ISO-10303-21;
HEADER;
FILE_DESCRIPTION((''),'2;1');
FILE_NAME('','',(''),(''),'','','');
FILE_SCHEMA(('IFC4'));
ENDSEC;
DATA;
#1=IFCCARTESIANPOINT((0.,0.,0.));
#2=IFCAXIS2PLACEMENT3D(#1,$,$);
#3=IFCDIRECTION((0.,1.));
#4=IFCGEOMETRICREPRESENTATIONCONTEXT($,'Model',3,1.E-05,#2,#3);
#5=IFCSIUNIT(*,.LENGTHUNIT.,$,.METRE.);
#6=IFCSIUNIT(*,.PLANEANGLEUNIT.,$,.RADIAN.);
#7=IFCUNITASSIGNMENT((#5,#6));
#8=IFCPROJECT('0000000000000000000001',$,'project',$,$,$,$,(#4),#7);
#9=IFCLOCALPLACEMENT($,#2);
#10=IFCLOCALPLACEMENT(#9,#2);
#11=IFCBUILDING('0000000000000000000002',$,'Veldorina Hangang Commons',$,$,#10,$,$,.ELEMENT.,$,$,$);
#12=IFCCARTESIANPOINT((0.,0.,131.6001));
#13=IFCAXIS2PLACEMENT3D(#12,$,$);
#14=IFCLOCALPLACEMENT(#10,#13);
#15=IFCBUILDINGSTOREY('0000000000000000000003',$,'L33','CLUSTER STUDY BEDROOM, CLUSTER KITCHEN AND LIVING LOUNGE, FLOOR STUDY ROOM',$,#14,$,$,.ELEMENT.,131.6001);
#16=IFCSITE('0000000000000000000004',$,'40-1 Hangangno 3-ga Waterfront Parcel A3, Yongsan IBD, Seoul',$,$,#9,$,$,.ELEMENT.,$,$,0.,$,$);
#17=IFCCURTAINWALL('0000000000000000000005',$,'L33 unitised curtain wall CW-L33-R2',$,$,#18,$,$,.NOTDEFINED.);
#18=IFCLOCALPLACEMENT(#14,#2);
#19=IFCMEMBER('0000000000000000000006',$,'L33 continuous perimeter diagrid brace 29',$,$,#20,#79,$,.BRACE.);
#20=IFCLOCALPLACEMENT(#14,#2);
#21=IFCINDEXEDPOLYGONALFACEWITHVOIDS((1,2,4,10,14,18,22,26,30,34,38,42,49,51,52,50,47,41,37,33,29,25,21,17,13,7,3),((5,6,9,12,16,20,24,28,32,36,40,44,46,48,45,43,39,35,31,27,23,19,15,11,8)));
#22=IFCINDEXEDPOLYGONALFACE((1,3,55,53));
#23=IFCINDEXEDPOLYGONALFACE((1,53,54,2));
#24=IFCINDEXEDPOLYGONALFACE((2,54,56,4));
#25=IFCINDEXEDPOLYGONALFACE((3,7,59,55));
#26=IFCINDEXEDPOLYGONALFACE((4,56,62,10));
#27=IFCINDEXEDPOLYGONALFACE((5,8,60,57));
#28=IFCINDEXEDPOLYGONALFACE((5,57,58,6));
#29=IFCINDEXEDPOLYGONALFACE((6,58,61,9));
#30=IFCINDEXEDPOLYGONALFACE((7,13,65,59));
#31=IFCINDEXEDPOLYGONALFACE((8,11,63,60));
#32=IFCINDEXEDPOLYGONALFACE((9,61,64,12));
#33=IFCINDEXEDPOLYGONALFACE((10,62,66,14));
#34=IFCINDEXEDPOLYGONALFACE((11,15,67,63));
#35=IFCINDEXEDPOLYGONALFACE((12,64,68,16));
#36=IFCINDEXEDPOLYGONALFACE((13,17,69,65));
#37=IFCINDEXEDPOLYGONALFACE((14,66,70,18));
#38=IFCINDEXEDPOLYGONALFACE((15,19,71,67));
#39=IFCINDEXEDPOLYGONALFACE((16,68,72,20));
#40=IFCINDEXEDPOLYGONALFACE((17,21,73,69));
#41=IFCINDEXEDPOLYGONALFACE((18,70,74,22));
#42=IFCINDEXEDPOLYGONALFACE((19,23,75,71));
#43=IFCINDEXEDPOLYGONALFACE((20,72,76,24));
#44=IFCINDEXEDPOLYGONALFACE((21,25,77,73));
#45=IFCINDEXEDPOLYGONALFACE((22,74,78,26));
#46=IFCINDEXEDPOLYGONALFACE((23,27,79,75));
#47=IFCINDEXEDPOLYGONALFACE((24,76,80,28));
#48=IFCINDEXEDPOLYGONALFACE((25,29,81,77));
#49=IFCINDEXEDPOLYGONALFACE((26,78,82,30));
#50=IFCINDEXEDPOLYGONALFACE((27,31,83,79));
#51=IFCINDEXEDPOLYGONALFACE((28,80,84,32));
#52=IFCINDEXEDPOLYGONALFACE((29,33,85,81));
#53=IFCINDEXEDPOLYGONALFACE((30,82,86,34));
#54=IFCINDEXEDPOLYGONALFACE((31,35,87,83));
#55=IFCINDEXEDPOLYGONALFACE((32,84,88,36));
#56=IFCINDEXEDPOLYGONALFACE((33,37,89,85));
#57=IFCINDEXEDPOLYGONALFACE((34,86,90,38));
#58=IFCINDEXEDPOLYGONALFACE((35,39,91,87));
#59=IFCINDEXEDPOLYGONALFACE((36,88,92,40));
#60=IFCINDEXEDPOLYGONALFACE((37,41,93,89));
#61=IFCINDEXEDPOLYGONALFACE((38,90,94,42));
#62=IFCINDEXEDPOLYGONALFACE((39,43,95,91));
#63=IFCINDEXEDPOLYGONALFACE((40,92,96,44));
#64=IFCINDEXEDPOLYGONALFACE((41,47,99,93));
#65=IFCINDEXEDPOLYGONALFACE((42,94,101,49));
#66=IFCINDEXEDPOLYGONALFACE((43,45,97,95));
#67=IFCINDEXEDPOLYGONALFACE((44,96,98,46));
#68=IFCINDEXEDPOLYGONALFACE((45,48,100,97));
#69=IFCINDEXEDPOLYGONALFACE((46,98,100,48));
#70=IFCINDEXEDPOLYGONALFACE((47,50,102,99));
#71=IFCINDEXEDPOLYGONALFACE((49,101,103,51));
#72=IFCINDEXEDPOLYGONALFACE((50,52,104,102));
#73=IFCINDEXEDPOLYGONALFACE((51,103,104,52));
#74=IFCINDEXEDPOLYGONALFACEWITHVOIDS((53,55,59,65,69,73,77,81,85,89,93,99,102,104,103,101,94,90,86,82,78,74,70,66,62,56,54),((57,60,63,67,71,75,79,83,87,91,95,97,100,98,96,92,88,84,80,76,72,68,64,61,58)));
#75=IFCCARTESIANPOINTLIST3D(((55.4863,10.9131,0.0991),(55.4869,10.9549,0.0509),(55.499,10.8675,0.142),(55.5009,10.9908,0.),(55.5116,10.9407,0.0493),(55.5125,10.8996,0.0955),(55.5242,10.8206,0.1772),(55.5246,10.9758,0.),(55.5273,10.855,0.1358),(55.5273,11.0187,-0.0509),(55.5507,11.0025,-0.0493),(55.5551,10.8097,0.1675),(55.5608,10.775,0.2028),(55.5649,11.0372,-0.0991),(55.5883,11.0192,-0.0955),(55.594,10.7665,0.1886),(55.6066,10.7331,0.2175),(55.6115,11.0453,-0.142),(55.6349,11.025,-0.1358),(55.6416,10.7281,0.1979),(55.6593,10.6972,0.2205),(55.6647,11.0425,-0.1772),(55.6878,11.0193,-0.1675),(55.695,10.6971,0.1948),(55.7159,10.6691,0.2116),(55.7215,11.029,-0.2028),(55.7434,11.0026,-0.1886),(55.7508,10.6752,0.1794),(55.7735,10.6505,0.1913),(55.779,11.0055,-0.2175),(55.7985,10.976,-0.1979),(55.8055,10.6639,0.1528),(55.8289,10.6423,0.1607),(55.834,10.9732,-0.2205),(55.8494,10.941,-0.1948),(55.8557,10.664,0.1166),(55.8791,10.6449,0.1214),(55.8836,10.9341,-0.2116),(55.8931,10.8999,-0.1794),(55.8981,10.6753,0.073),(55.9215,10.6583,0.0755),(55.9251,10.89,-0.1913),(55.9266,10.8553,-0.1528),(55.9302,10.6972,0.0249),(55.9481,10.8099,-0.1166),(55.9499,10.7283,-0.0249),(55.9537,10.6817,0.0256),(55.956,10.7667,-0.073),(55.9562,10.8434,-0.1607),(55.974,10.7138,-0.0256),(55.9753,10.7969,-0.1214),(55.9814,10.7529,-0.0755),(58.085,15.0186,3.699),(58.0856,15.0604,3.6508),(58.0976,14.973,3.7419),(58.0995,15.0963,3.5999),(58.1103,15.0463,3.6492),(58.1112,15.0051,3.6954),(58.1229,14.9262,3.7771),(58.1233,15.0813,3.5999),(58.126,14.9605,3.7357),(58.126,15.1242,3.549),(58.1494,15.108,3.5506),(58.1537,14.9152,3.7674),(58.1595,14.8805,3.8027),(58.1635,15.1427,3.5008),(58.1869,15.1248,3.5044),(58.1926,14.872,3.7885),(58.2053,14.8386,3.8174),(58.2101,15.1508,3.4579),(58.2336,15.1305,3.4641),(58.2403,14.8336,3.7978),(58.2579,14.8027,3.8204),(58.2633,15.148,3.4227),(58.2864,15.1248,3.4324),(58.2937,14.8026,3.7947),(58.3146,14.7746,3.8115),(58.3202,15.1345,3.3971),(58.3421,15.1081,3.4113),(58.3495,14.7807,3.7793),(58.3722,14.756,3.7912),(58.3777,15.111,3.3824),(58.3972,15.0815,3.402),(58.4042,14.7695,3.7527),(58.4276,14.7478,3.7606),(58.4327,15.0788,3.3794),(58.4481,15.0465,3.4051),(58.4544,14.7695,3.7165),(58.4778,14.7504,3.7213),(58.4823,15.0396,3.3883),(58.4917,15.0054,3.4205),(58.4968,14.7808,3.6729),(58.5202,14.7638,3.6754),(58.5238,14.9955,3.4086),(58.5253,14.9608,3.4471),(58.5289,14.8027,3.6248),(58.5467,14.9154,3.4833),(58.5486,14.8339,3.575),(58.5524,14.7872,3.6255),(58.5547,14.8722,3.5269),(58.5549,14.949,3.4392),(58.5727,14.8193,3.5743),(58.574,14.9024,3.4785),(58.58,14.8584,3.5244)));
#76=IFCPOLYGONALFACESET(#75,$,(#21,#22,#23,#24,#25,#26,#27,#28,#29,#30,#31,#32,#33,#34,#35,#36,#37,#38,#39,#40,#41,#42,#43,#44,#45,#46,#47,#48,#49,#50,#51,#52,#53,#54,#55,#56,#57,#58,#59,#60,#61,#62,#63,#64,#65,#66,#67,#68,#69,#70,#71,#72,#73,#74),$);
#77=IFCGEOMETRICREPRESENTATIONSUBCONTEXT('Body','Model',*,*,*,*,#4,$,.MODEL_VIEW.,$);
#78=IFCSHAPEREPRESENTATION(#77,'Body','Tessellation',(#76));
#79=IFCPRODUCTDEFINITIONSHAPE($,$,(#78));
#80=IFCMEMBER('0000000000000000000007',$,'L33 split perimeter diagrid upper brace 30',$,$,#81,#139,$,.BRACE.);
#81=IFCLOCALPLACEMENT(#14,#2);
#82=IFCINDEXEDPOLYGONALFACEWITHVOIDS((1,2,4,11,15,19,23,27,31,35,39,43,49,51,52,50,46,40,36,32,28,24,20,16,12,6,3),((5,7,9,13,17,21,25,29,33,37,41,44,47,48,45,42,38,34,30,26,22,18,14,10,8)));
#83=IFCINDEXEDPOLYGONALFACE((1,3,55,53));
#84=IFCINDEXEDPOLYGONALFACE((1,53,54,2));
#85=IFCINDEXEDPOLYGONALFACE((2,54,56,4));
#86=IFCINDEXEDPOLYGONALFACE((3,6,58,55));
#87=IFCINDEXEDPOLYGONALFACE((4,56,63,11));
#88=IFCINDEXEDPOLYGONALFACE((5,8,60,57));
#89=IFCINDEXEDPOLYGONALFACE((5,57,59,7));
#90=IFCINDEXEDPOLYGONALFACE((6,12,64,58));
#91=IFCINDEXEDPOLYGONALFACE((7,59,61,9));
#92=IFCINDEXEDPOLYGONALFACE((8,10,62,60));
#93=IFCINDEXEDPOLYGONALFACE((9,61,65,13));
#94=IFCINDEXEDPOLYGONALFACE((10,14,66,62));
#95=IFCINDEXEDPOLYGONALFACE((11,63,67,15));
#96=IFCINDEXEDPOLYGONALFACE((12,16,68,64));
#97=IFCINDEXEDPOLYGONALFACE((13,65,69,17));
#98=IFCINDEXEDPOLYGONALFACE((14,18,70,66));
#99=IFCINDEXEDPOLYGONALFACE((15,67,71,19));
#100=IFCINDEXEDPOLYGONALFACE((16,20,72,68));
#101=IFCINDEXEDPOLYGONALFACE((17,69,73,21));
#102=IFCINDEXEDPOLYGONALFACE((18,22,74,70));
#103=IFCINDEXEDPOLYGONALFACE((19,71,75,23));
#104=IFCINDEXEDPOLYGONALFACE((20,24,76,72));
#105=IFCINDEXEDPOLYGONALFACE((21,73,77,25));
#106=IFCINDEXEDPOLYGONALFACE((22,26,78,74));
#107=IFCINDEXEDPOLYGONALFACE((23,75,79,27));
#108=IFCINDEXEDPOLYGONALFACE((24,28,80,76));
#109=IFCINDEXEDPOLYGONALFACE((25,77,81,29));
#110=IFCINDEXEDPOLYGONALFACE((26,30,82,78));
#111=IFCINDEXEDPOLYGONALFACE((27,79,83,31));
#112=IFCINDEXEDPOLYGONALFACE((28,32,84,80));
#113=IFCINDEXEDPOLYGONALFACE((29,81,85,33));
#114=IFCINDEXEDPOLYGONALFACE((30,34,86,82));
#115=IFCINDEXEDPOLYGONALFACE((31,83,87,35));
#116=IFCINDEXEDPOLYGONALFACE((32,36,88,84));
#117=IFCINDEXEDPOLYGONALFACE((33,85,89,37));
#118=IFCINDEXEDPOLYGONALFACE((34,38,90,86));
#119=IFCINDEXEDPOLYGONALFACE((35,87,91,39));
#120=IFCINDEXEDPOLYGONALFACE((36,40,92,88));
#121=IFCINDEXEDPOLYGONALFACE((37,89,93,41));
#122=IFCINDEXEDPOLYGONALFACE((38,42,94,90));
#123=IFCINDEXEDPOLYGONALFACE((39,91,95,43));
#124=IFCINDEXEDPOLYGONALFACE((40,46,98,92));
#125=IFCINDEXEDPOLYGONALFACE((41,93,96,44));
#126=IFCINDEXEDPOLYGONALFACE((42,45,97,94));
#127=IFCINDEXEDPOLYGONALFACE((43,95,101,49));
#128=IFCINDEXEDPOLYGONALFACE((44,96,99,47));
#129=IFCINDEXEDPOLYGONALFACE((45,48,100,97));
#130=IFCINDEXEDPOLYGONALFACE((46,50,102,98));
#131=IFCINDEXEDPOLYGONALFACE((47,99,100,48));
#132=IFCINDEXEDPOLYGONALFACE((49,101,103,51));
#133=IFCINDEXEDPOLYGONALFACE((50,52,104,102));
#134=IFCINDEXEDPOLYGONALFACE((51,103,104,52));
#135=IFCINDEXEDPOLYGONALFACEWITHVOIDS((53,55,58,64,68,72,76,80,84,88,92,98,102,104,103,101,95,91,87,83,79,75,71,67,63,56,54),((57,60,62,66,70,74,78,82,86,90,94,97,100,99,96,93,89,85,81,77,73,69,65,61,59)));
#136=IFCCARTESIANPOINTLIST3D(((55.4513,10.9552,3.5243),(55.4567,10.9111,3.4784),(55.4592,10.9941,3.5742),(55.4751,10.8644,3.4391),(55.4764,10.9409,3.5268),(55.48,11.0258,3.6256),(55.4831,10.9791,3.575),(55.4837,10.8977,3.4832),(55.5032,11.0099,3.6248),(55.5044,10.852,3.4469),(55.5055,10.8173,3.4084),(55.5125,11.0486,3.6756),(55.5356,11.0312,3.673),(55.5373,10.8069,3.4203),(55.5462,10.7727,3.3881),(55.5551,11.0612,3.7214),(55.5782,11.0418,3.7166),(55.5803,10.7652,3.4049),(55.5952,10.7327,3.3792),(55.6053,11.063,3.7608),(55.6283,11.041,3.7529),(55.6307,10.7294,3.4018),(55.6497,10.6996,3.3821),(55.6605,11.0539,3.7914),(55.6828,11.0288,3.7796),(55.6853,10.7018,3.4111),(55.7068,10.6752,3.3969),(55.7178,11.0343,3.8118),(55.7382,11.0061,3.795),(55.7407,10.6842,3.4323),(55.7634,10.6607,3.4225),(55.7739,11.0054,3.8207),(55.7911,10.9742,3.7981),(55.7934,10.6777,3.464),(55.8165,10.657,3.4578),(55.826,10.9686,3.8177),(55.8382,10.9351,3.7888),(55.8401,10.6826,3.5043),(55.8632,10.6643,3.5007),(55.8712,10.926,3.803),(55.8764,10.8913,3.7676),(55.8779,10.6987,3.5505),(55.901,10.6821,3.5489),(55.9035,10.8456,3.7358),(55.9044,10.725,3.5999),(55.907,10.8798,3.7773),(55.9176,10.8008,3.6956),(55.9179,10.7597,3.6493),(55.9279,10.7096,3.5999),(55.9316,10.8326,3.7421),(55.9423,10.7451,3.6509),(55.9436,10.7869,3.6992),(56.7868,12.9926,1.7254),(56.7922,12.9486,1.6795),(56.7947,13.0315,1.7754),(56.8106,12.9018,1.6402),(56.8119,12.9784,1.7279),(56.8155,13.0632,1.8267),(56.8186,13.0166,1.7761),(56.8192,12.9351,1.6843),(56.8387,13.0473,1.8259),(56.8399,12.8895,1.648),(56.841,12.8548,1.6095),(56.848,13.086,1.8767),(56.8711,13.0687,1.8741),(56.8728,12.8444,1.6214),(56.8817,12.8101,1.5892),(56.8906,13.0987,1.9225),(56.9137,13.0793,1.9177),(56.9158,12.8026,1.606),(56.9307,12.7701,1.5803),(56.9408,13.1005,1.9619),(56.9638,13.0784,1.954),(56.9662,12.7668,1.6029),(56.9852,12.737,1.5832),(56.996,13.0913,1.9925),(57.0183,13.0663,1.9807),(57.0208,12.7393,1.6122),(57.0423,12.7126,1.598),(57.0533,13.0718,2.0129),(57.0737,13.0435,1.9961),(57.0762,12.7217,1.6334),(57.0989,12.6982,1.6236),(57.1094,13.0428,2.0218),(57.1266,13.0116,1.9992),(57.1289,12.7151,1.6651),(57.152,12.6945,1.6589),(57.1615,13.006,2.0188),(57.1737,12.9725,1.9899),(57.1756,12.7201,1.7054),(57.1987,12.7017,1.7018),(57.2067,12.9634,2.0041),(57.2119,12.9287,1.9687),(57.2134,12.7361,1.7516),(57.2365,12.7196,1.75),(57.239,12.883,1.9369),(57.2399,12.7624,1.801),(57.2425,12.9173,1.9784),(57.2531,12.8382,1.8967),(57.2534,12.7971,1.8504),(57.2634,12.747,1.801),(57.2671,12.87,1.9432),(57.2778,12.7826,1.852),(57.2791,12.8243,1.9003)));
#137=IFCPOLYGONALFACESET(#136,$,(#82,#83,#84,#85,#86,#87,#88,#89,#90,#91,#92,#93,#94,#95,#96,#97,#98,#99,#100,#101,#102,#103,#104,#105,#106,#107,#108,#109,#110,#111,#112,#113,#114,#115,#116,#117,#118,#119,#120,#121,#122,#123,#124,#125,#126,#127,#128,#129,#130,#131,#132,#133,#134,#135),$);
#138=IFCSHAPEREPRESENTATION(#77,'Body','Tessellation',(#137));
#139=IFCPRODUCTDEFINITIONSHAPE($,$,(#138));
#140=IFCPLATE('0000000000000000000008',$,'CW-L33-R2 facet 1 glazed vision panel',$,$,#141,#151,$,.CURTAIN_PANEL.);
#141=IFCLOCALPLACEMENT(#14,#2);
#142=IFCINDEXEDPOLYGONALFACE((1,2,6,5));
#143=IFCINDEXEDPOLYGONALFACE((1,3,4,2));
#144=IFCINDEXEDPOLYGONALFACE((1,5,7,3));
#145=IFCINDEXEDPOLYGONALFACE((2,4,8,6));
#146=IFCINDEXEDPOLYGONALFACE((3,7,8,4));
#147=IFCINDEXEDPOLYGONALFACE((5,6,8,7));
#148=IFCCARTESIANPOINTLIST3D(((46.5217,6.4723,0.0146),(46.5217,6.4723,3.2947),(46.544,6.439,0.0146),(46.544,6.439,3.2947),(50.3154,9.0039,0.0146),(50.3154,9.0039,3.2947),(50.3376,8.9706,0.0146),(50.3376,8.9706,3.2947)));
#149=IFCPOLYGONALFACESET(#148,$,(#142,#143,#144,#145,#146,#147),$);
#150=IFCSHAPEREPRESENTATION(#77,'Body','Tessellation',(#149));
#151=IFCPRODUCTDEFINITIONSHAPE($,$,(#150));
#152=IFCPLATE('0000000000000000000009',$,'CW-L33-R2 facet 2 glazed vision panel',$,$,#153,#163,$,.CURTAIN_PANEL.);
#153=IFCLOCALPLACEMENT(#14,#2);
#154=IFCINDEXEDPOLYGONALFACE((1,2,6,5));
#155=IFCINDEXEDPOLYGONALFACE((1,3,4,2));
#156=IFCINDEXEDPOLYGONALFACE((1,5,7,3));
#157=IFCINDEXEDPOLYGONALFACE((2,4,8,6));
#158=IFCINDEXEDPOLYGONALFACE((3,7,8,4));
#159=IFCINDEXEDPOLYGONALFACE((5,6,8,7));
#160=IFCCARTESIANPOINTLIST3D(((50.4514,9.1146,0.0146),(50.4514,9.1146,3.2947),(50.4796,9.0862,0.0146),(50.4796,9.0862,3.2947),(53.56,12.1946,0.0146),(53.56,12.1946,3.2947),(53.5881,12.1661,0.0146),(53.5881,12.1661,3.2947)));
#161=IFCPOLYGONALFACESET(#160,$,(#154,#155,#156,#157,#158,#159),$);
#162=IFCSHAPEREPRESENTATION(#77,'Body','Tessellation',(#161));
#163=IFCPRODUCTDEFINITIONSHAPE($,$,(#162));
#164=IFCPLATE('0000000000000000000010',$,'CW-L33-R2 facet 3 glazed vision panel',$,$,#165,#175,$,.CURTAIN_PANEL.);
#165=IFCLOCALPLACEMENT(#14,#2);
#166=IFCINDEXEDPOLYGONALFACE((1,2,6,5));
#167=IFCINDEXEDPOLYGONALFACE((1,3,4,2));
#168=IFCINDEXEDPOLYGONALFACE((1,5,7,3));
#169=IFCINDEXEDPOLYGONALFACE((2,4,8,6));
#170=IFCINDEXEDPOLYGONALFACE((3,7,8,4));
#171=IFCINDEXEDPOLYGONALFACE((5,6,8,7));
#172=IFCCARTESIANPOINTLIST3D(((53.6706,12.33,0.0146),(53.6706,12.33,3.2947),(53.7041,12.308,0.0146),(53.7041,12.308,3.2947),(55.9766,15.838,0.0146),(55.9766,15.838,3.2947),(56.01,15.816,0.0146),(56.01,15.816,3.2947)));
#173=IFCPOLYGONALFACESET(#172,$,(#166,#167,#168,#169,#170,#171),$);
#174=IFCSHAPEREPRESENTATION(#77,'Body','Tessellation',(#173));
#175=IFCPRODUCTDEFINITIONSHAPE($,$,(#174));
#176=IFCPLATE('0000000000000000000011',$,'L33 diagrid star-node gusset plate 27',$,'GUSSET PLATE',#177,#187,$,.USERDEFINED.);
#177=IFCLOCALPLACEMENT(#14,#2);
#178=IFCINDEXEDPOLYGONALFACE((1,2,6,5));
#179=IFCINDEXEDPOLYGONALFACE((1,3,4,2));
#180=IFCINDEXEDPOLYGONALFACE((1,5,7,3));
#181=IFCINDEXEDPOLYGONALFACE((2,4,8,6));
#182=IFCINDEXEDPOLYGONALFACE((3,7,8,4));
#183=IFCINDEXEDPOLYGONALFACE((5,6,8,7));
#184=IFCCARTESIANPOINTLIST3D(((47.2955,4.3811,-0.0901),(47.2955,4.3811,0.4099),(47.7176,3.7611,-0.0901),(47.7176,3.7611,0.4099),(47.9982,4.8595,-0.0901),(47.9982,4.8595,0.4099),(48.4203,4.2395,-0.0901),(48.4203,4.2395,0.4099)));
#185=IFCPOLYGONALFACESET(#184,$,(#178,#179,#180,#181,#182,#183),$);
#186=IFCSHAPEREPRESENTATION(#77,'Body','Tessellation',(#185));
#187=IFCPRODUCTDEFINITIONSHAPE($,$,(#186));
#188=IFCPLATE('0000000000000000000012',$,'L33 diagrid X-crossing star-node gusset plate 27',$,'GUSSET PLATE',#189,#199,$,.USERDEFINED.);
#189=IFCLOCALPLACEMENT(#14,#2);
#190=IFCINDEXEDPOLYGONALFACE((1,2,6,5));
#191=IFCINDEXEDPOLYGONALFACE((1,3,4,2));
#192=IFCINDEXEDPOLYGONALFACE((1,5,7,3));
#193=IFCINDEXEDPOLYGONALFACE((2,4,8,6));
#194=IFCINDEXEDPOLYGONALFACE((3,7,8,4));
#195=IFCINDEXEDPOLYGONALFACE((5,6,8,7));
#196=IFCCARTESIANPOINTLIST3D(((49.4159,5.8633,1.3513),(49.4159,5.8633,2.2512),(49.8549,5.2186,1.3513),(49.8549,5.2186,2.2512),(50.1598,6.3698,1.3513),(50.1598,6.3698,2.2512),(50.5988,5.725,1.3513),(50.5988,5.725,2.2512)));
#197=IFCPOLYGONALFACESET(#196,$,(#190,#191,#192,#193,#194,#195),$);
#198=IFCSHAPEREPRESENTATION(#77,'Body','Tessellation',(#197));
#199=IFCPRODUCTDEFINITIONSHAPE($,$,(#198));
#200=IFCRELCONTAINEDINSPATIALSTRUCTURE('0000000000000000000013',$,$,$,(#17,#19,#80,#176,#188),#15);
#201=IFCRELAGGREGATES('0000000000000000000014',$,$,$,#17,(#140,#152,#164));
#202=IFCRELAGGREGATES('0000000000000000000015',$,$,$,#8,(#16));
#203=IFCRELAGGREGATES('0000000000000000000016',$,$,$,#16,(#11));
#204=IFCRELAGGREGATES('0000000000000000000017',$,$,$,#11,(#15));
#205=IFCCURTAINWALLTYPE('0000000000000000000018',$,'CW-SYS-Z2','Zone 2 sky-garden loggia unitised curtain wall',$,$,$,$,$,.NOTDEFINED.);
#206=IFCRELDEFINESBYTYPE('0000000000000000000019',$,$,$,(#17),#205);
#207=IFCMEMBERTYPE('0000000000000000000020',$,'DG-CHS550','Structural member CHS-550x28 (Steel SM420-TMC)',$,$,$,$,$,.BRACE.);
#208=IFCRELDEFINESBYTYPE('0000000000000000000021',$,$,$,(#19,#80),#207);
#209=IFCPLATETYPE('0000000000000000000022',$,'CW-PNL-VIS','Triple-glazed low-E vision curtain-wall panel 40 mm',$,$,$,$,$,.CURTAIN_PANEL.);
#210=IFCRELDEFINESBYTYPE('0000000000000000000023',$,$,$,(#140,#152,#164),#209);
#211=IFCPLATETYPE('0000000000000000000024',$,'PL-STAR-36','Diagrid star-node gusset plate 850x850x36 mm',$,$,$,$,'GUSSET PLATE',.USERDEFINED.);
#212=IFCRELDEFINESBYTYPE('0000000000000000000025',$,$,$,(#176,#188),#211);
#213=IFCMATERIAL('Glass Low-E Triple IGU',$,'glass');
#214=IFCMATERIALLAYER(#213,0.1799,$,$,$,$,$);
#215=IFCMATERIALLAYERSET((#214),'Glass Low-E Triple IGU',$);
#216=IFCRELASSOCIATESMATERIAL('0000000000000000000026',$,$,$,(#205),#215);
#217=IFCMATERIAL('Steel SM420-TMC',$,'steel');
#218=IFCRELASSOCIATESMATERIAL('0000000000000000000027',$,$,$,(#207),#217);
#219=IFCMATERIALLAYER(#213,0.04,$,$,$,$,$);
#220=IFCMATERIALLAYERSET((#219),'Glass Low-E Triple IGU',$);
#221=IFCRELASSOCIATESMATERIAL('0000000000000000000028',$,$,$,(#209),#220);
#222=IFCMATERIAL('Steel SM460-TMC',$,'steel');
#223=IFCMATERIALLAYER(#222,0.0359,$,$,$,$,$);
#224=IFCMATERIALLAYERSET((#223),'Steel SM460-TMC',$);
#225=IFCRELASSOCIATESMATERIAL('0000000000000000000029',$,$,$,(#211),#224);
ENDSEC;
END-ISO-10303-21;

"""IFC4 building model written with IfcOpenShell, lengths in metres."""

from ifc_helpers import new_model, si_unit, direction, frame, origin, origin_2d, place, context, subcontext, project, spatial, rectangle, hollow_circle, extrude, material, layer, layer_set, material_profile, profile_set, type_object, element, aggregate, save


model = new_model("IFC4")

# Units and contexts
model_context = context("Model", 3, precision=1e-05, world=origin(), true_north=direction((0.0, 1.0)))
body_context = subcontext(model_context, "Body", "Model", "MODEL_VIEW")
ifc_project = project(units=[si_unit("LENGTHUNIT", "METRE"), si_unit("PLANEANGLEUNIT", "RADIAN")], contexts=[model_context])

# Site, building, storey
site_placement = place(None, origin())
site = spatial("IfcSite", under=ifc_project, at=site_placement, Name="40-1 Hangangno 3-ga Waterfront Parcel A3, Yongsan IBD, Seoul", CompositionType="ELEMENT", RefElevation=0.0)
building_placement = place(site_placement, origin())
building = spatial("IfcBuilding", under=site, at=building_placement, Name="Veldorina Hangang Commons", CompositionType="ELEMENT")
storey_placement = place(building_placement, frame((0.0, 0.0, 131.6001)))
storey = spatial("IfcBuildingStorey", under=building, at=storey_placement, Name="L33", Description="CLUSTER STUDY BEDROOM, CLUSTER KITCHEN AND LIVING LOUNGE, FLOOR STUDY ROOM", CompositionType="ELEMENT", Elevation=131.6001)

# Shared definitions
ifc_material_1 = material(Name="Steel SM420-TMC", Category="steel")

# Curtain wall
ifc_material_2 = material(Name="Glass Low-E Triple IGU", Category="glass")
ifc_layer_1 = layer(ifc_material_2, 0.1799)
ifc_layer_set_1 = layer_set([ifc_layer_1], Name="Glass Low-E Triple IGU")
curtain_wall_type = type_object("IfcCurtainWallType", Name="CW-SYS-Z2", Description="Zone 2 sky-garden loggia unitised curtain wall", PredefinedType="NOTDEFINED", material=ifc_layer_set_1)
curtain_wall_placement = place(storey_placement, origin())
curtain_wall = element("IfcCurtainWall", 1, at=curtain_wall_placement, inside=storey, type_object=curtain_wall_type, Name="L33 unitised curtain wall CW-L33-R2", PredefinedType="NOTDEFINED")

# Members
ifc_material_profile_1 = material_profile(ifc_material_1, hollow_circle(Radius=0.2749, WallThickness=0.0281, at=origin_2d()), Name="CHS-550x28")
ifc_profile_set_1 = profile_set([ifc_material_profile_1], Name="Steel SM420-TMC")
member_type_1 = type_object("IfcMemberType", Name="DG-CHS550", Description="Structural member CHS-550x28 (Steel SM420-TMC)", PredefinedType="BRACE", material=ifc_profile_set_1)
member_1_placement = place(storey_placement, frame((55.7332, 10.8438, 0.0), z_axis=(0.429736, 0.678922, 0.595308), x_axis=(-0.844958, 0.534832, 0.0)))
element("IfcMember", 2, at=member_1_placement, inside=storey, type_object=member_type_1, Name="L33 continuous perimeter diagrid brace 29", PredefinedType="BRACE", context=body_context, shape_type="SweptSolid", body=[
    extrude(hollow_circle(Radius=0.2749, WallThickness=0.0281, at=origin_2d()), origin(), (0.0, 0.0, 1.0), 6.0471),
])
member_2_placement = place(storey_placement, frame((57.0334, 12.8977, 1.801), z_axis=(-0.441004, -0.672793, 0.594025), x_axis=(0.836342, -0.548208, 0.0)))
element("IfcMember", 3, at=member_2_placement, inside=storey, type_object=member_type_1, Name="L33 split perimeter diagrid upper brace 30", PredefinedType="BRACE", context=body_context, shape_type="SweptSolid", body=[
    extrude(hollow_circle(Radius=0.2749, WallThickness=0.0281, at=origin_2d()), origin(), (0.0, 0.0, 1.0), 3.0283),
])

# Plates
ifc_layer_2 = layer(ifc_material_2, 0.04)
ifc_layer_set_2 = layer_set([ifc_layer_2], Name="Glass Low-E Triple IGU")
plate_type_1 = type_object("IfcPlateType", Name="CW-PNL-VIS", Description="Triple-glazed low-E vision curtain-wall panel 40 mm", PredefinedType="CURTAIN_PANEL", material=ifc_layer_set_2)
plate_1_placement = place(storey_placement, frame((48.4297, 7.7214, 0.0146), z_axis=(0.0, 0.0, 1.0), x_axis=(0.831799, 0.555077, 0.0)))
plate_1 = element("IfcPlate", 4, at=plate_1_placement, type_object=plate_type_1, Name="CW-L33-R2 facet 1 glazed vision panel", PredefinedType="CURTAIN_PANEL", context=body_context, shape_type="SweptSolid", body=[
    extrude(rectangle(XDim=4.5608, YDim=0.04, at=origin_2d()), origin(), (0.0, 0.0, 1.0), 3.28),
])
plate_2_placement = place(storey_placement, frame((52.0198, 10.6404, 0.0146), z_axis=(0.0, 0.0, 1.0), x_axis=(0.71037, 0.703829, 0.0)))
plate_2 = element("IfcPlate", 5, at=plate_2_placement, type_object=plate_type_1, Name="CW-L33-R2 facet 2 glazed vision panel", PredefinedType="CURTAIN_PANEL", context=body_context, shape_type="SweptSolid", body=[
    extrude(rectangle(XDim=4.376, YDim=0.04, at=origin_2d()), origin(), (0.0, 0.0, 1.0), 3.28),
])
plate_3_placement = place(storey_placement, frame((54.8403, 14.073, 0.0146), z_axis=(0.0, 0.0, 1.0), x_axis=(0.5493, 0.835625, 0.0)))
plate_3 = element("IfcPlate", 6, at=plate_3_placement, type_object=plate_type_1, Name="CW-L33-R2 facet 3 glazed vision panel", PredefinedType="CURTAIN_PANEL", context=body_context, shape_type="SweptSolid", body=[
    extrude(rectangle(XDim=4.198, YDim=0.04, at=origin_2d()), origin(), (0.0, 0.0, 1.0), 3.28),
])
aggregate(curtain_wall, [plate_1, plate_2, plate_3])

# Plates
ifc_material_3 = material(Name="Steel SM460-TMC", Category="steel")
ifc_layer_3 = layer(ifc_material_3, 0.0359)
ifc_layer_set_3 = layer_set([ifc_layer_3], Name="Steel SM460-TMC")
plate_type_2 = type_object("IfcPlateType", Name="PL-STAR-36", Description="Diagrid star-node gusset plate 850x850x36 mm", ElementType="GUSSET PLATE", PredefinedType="USERDEFINED", material=ifc_layer_set_3)
plate_4_placement = place(storey_placement, frame((47.8579, 4.3103, -0.0901), z_axis=(0.0, 0.0, 1.0), x_axis=(0.8266, 0.562791, 0.0)))
element("IfcPlate", 7, at=plate_4_placement, inside=storey, type_object=plate_type_2, Name="L33 diagrid star-node gusset plate 27", ObjectType="GUSSET PLATE", PredefinedType="USERDEFINED", context=body_context, shape_type="SweptSolid", body=[
    extrude(rectangle(XDim=0.8501, YDim=0.75, at=origin_2d()), origin(), (0.0, 0.0, 1.0), 0.5),
])
plate_5_placement = place(storey_placement, frame((50.0073, 5.7942, 1.3513), z_axis=(0.0, 0.0, 1.0), x_axis=(0.8266, 0.562791, 0.0)))
element("IfcPlate", 8, at=plate_5_placement, inside=storey, type_object=plate_type_2, Name="L33 diagrid X-crossing star-node gusset plate 27", ObjectType="GUSSET PLATE", PredefinedType="USERDEFINED", context=body_context, shape_type="SweptSolid", body=[
    extrude(rectangle(XDim=0.8999, YDim=0.78, at=origin_2d()), origin(), (0.0, 0.0, 1.0), 0.8999),
])

save(model, "model.ifc")
